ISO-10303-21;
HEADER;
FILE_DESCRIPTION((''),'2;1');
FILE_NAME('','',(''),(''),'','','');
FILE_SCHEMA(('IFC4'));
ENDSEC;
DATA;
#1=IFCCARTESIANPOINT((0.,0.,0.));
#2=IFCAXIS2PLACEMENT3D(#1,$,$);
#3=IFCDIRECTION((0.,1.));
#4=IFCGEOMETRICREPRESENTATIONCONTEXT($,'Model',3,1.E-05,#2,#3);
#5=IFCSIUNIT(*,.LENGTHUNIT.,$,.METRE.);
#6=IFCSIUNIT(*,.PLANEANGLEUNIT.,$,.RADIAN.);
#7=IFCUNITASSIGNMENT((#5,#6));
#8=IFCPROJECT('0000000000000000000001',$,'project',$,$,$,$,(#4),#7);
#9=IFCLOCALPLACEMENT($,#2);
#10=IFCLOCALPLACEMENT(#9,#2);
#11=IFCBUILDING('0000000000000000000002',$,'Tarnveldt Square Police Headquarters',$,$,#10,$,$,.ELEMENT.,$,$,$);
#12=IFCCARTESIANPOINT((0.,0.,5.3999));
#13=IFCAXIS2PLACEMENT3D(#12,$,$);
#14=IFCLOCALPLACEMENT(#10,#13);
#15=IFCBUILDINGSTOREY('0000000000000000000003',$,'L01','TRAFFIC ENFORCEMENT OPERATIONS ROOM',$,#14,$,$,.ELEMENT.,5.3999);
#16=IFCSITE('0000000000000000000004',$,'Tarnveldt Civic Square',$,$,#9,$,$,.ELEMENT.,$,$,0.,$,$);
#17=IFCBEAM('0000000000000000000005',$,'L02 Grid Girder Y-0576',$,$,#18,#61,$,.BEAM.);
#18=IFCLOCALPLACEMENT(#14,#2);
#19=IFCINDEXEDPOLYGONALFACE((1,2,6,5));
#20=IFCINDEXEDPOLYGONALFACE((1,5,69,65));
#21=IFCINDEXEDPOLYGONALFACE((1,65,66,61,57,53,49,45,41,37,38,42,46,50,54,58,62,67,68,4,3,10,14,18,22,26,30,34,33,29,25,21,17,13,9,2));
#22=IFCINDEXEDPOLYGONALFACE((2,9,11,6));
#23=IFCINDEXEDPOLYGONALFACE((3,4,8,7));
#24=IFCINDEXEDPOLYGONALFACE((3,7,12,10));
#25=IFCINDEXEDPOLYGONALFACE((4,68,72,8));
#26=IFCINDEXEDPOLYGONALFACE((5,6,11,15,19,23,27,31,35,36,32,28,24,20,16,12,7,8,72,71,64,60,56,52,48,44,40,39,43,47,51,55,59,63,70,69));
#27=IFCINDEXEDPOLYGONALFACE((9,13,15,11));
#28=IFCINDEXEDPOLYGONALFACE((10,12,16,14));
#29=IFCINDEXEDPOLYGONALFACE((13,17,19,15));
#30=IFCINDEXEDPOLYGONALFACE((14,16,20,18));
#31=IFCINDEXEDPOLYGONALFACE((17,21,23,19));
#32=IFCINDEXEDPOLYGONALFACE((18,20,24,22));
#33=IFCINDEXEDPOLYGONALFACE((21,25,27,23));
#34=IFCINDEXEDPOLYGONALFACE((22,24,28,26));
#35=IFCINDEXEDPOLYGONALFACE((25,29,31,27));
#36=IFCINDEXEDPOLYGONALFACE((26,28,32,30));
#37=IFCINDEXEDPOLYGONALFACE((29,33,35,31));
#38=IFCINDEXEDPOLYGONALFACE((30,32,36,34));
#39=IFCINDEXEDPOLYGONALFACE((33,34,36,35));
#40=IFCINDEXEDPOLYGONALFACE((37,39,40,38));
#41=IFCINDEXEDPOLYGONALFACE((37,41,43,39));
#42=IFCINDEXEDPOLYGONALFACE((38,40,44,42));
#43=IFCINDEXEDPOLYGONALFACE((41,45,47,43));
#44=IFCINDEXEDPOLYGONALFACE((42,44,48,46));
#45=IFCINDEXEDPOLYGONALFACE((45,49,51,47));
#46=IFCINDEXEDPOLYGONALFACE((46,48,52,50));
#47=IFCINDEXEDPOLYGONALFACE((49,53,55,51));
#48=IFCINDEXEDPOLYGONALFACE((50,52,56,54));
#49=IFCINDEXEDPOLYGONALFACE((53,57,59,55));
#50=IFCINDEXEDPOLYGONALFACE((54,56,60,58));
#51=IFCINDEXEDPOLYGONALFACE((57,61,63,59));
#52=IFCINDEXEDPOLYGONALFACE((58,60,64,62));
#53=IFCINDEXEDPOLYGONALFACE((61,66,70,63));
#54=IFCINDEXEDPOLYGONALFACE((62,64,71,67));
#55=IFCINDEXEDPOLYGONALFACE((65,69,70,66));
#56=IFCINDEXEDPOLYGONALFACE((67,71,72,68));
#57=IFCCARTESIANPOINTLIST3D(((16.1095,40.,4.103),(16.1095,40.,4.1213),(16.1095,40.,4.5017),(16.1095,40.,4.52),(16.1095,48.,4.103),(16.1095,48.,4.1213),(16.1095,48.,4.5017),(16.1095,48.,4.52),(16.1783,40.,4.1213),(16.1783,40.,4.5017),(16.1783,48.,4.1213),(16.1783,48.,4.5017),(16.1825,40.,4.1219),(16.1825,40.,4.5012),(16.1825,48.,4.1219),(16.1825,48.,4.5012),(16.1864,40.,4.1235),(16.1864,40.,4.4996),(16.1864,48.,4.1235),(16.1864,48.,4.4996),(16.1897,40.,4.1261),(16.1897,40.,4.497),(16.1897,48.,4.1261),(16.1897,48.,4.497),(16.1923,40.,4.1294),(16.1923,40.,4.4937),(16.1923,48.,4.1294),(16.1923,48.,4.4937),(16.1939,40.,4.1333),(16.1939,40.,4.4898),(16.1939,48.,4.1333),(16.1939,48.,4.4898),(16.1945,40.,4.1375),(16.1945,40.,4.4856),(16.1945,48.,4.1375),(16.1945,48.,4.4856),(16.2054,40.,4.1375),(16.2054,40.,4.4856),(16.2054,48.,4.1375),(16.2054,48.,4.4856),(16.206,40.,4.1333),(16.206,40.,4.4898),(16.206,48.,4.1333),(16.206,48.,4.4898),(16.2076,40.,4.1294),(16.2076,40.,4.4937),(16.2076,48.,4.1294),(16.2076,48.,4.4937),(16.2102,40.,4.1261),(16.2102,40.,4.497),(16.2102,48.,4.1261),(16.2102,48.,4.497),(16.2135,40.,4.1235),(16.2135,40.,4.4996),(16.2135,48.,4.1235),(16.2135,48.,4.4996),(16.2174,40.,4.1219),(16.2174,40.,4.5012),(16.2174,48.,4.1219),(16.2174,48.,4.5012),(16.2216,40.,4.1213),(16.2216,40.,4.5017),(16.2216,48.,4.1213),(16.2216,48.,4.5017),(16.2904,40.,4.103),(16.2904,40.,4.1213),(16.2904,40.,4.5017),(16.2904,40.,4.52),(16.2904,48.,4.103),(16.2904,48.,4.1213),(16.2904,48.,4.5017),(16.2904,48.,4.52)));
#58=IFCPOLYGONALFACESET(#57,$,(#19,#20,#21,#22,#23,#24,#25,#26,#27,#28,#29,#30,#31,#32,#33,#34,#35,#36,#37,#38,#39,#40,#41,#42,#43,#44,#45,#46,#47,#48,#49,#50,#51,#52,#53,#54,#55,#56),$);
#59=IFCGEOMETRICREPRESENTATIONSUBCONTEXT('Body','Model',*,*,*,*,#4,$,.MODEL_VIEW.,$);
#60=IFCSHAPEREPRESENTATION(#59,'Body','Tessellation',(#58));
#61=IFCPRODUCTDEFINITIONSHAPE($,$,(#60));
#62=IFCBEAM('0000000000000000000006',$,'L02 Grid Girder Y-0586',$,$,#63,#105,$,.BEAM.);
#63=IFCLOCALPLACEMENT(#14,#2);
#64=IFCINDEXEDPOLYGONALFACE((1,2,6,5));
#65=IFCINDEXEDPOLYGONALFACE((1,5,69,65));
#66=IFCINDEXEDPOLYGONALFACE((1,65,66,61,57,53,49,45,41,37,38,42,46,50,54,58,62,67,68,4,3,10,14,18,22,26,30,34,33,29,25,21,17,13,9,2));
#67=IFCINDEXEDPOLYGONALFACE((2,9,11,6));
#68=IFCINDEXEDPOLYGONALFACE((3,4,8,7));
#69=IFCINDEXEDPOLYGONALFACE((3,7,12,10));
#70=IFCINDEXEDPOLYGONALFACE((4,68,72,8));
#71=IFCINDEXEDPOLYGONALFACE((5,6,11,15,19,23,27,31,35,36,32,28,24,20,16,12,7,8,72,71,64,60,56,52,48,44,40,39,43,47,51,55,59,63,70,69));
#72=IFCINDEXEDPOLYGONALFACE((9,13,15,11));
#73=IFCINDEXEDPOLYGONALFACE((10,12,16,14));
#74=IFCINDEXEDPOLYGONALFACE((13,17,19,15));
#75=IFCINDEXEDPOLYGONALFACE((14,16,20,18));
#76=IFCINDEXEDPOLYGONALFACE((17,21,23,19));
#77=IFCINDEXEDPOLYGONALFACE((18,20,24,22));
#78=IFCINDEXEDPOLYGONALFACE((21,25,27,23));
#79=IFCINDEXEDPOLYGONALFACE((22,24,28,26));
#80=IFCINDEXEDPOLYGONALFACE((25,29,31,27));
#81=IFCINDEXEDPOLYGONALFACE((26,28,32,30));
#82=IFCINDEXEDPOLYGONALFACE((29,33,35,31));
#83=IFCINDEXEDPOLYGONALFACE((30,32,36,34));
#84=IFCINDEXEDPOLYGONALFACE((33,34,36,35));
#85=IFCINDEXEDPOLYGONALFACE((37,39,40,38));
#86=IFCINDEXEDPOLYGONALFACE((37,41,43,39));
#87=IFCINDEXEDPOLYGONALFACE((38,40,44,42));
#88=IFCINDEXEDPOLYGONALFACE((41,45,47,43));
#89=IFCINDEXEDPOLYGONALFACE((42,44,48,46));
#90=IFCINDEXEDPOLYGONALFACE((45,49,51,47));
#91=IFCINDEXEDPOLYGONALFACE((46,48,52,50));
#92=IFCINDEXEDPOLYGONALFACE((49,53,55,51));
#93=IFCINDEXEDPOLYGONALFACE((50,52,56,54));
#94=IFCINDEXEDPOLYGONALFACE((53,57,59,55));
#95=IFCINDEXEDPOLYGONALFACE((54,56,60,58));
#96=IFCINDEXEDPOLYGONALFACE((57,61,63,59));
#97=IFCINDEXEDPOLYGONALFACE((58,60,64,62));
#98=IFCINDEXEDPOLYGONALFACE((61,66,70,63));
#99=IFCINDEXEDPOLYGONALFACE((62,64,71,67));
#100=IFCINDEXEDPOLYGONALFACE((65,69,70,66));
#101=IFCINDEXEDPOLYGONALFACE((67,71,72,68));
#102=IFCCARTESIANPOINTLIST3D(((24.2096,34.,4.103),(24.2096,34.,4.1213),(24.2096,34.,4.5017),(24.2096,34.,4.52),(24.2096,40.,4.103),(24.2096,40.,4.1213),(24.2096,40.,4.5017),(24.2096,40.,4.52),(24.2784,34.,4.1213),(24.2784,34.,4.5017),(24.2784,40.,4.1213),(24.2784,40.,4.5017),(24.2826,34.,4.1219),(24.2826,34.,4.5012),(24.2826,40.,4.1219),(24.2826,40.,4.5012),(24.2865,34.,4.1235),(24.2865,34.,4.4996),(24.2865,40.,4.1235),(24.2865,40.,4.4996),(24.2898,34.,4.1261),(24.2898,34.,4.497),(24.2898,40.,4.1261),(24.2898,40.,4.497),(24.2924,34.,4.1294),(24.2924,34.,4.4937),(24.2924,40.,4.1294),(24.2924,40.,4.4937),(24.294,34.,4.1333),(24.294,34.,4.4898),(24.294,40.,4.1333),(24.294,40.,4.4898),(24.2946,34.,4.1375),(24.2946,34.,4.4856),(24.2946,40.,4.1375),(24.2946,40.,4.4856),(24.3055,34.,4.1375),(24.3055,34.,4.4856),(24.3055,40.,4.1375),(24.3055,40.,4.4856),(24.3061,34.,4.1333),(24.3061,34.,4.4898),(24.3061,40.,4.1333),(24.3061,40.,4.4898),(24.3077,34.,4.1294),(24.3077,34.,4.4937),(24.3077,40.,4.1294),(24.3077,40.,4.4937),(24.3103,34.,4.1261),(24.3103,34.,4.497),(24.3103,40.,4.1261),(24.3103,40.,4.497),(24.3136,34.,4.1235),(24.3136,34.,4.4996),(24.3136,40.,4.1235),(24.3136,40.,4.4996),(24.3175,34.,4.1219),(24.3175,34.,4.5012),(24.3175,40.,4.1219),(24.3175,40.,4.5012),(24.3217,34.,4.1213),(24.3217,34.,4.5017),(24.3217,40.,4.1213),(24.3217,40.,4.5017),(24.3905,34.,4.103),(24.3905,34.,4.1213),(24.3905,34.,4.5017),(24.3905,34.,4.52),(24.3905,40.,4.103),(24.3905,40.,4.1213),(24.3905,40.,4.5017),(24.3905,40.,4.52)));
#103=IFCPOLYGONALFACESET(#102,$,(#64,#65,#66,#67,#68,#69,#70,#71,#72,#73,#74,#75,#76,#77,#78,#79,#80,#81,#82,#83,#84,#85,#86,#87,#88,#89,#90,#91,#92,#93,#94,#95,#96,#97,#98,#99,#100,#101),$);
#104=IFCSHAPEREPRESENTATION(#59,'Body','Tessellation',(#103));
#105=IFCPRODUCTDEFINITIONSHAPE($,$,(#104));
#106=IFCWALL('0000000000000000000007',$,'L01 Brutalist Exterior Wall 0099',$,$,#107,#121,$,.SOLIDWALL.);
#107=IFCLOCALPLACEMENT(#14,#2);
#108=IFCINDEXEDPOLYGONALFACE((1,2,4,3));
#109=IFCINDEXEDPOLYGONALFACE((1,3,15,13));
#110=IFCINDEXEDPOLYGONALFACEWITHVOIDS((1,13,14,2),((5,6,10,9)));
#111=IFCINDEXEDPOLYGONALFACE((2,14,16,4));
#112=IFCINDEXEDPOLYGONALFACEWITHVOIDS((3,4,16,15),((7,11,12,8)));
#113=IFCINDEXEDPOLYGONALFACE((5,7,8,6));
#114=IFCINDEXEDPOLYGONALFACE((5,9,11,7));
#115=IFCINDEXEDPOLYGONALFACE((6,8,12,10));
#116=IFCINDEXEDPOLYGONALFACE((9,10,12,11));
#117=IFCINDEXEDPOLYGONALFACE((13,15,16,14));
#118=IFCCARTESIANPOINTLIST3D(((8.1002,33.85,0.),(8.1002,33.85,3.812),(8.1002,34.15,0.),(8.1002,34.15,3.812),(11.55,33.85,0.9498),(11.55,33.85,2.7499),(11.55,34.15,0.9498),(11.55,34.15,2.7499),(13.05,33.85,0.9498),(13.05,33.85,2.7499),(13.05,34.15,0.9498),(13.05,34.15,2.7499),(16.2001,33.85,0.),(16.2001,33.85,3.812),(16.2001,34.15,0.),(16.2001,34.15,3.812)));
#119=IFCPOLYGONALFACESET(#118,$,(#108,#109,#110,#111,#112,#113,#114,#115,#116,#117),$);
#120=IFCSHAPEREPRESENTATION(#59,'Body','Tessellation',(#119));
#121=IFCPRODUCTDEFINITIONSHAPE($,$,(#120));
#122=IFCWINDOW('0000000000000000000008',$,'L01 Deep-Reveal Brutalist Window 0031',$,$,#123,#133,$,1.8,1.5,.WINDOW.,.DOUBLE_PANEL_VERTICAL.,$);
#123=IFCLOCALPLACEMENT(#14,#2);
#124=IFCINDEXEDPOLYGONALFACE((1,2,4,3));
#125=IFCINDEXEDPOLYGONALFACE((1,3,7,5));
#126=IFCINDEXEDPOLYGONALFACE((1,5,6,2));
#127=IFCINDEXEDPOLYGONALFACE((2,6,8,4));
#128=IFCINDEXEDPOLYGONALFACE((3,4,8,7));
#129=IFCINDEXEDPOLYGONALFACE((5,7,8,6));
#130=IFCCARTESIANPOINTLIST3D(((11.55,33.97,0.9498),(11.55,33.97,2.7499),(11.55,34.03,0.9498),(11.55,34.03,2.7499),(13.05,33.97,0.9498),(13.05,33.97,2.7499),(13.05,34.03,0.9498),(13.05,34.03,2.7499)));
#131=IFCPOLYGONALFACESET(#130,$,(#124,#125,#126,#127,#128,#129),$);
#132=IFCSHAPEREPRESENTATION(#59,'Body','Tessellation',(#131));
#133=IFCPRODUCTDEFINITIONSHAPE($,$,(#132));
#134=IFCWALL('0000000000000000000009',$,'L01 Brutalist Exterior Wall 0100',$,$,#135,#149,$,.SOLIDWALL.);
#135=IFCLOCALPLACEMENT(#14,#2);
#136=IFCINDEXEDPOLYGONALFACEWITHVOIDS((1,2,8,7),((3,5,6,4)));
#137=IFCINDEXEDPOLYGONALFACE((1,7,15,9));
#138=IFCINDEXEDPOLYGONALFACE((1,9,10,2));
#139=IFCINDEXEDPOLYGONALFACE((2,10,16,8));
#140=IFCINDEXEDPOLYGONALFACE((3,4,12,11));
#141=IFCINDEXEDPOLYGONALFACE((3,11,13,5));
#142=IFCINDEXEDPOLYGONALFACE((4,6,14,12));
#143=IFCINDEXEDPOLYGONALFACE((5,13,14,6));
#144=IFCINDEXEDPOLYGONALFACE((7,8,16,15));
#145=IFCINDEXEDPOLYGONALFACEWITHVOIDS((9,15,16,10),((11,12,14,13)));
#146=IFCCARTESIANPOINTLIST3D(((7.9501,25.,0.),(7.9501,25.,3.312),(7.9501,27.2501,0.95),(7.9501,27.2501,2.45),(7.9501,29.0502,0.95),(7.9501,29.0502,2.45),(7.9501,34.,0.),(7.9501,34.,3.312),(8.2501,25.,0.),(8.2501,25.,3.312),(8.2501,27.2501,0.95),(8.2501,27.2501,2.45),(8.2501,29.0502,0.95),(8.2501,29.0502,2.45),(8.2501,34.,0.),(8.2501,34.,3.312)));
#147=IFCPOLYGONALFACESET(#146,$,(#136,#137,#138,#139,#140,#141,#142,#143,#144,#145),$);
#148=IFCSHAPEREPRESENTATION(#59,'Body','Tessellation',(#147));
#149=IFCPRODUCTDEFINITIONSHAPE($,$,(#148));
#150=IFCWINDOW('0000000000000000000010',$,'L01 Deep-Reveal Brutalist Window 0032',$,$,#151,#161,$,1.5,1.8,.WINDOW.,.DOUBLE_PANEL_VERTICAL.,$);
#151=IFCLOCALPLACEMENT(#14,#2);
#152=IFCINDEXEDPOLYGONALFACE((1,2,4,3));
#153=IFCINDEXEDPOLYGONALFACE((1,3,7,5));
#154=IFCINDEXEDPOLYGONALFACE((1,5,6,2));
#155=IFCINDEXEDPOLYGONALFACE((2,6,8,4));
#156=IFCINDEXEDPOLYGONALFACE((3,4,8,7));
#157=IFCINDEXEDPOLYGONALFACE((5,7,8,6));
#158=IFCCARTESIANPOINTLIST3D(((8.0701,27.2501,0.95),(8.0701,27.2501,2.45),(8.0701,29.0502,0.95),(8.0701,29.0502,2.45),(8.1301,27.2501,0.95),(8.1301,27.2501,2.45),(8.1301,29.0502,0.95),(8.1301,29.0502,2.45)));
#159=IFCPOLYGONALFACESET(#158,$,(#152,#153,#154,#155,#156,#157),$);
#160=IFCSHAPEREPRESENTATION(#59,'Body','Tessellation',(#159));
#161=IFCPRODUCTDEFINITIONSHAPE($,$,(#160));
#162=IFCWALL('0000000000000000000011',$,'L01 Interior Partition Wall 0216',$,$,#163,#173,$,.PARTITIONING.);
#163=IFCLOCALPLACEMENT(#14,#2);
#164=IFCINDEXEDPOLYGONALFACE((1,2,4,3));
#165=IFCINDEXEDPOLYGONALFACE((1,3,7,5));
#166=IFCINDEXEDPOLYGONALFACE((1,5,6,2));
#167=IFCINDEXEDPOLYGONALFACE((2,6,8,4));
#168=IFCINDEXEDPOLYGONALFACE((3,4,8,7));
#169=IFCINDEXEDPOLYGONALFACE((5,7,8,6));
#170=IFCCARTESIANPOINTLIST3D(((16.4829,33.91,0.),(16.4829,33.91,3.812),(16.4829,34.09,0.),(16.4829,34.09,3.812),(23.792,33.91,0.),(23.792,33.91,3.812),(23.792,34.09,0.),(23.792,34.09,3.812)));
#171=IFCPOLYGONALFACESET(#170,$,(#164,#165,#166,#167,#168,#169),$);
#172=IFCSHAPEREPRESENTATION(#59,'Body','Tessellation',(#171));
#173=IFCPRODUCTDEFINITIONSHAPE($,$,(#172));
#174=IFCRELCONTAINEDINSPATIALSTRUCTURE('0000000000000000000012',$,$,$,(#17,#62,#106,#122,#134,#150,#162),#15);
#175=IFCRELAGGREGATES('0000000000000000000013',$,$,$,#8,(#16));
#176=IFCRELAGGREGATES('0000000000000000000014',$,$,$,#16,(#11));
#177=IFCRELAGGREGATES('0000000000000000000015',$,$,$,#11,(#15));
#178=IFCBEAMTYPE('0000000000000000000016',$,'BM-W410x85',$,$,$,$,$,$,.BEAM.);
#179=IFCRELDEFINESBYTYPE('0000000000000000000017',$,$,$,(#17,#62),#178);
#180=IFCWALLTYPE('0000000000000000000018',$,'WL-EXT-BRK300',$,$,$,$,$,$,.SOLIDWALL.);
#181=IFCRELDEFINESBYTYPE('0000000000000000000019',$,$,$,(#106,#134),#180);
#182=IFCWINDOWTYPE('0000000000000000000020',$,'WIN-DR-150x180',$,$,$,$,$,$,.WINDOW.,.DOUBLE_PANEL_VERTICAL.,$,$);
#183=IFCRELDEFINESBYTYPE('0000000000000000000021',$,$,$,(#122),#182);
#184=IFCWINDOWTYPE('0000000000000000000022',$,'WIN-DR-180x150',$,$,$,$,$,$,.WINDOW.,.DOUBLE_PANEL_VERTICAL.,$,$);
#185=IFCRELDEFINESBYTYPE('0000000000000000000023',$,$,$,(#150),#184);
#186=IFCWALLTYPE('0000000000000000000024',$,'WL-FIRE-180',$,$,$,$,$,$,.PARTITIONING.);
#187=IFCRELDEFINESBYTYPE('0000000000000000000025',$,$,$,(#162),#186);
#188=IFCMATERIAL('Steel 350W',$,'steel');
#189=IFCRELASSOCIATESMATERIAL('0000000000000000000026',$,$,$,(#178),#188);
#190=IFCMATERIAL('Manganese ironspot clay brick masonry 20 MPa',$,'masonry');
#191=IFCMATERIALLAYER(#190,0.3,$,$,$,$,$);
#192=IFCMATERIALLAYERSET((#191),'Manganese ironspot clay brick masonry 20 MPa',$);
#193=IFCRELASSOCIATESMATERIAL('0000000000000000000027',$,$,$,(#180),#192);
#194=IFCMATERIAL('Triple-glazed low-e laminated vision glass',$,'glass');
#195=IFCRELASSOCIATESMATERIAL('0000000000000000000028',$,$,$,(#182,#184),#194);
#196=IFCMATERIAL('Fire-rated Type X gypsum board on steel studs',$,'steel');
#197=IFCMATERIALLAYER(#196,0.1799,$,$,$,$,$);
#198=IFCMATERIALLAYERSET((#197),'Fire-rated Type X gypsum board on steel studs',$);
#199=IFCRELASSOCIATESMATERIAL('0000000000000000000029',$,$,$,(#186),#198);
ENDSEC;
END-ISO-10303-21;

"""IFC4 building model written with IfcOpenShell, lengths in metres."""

from ifc_helpers import new_model, si_unit, direction, frame, frame_2d, origin, origin_2d, place, context, subcontext, project, spatial, rectangle, i_section, extrude, material, layer, layer_set, material_profile, profile_set, type_object, element, fill, save


model = new_model("IFC4")

# Units and contexts
model_context = context("Model", 3, precision=1e-05, world=origin(), true_north=direction((0.0, 1.0)))
body_context = subcontext(model_context, "Body", "Model", "MODEL_VIEW")
ifc_project = project(units=[si_unit("LENGTHUNIT", "METRE"), si_unit("PLANEANGLEUNIT", "RADIAN")], contexts=[model_context])

# Site, building, storey
site_placement = place(None, origin())
site = spatial("IfcSite", under=ifc_project, at=site_placement, Name="Tarnveldt Civic Square", CompositionType="ELEMENT", RefElevation=0.0)
building_placement = place(site_placement, origin())
building = spatial("IfcBuilding", under=site, at=building_placement, Name="Tarnveldt Square Police Headquarters", CompositionType="ELEMENT")
storey_placement = place(building_placement, frame((0.0, 0.0, 5.3999)))
storey = spatial("IfcBuildingStorey", under=building, at=storey_placement, Name="L01", Description="TRAFFIC ENFORCEMENT OPERATIONS ROOM", CompositionType="ELEMENT", Elevation=5.3999)

# Beams
ifc_material_1 = material(Name="Steel 350W", Category="steel")
ifc_material_profile_1 = material_profile(ifc_material_1, i_section(OverallWidth=0.1809, OverallDepth=0.417, WebThickness=0.011, FlangeThickness=0.0183, FilletRadius=0.0161, at=origin_2d()), Name="W410x85")
ifc_profile_set_1 = profile_set([ifc_material_profile_1], Name="Steel 350W")
beam_type_1 = type_object("IfcBeamType", Name="BM-W410x85", PredefinedType="BEAM", material=ifc_profile_set_1)
beam_1_placement = place(storey_placement, frame((16.2, 40.0, 4.3115), z_axis=(0.0, 1.0, 0.0), x_axis=(-1.0, 0.0, 0.0)))
element("IfcBeam", 1, at=beam_1_placement, inside=storey, type_object=beam_type_1, Name="L02 Grid Girder Y-0576", PredefinedType="BEAM", context=body_context, shape_type="SweptSolid", body=[
    extrude(i_section(OverallWidth=0.1809, OverallDepth=0.417, WebThickness=0.011, FlangeThickness=0.0183, FilletRadius=0.0161, at=origin_2d()), origin(), (0.0, 0.0, 1.0), 8.0),
])
beam_2_placement = place(storey_placement, frame((24.3, 34.0, 4.3115), z_axis=(0.0, 1.0, 0.0), x_axis=(-1.0, 0.0, 0.0)))
element("IfcBeam", 2, at=beam_2_placement, inside=storey, type_object=beam_type_1, Name="L02 Grid Girder Y-0586", PredefinedType="BEAM", context=body_context, shape_type="SweptSolid", body=[
    extrude(i_section(OverallWidth=0.1809, OverallDepth=0.417, WebThickness=0.011, FlangeThickness=0.0183, FilletRadius=0.0161, at=origin_2d()), origin(), (0.0, 0.0, 1.0), 6.0),
])

# Walls, openings, windows
ifc_material_2 = material(Name="Manganese ironspot clay brick masonry 20 MPa", Category="masonry")
ifc_layer_1 = layer(ifc_material_2, 0.3)
ifc_layer_set_1 = layer_set([ifc_layer_1], Name="Manganese ironspot clay brick masonry 20 MPa")
wall_type_1 = type_object("IfcWallType", Name="WL-EXT-BRK300", PredefinedType="SOLIDWALL", material=ifc_layer_set_1)
wall_1_placement = place(storey_placement, frame((16.2, 34.0, 0.0), z_axis=(0.0, 0.0, 1.0), x_axis=(-1.0, 0.0, 0.0)))
wall_1 = element("IfcWall", 3, at=wall_1_placement, inside=storey, type_object=wall_type_1, Name="L01 Brutalist Exterior Wall 0099", PredefinedType="SOLIDWALL", context=body_context, shape_type="SweptSolid", body=[
    extrude(rectangle(XDim=8.0999, YDim=0.3, at=frame_2d((4.0498, 0.0))), origin(), (0.0, 0.0, 1.0), 3.812),
])
opening_1_placement = place(wall_1_placement, frame((3.1499, 0.0, 0.95)))
opening_1 = element("IfcOpeningElement", 4, at=opening_1_placement, cuts=wall_1, PredefinedType="OPENING", context=body_context, shape_type="SweptSolid", body=[
    extrude(rectangle(XDim=1.5, YDim=1.8, at=frame_2d((0.75, 0.8999))), frame((0.0, 0.1599, 0.0), z_axis=(0.0, -1.0, 0.0), x_axis=(1.0, 0.0, 0.0)), (0.0, 0.0, 1.0), 0.3201),
])
ifc_material_3 = material(Name="Triple-glazed low-e laminated vision glass", Category="glass")
window_type_1 = type_object("IfcWindowType", Name="WIN-DR-150x180", PartitioningType="DOUBLE_PANEL_VERTICAL", PredefinedType="WINDOW", material=ifc_material_3)
window_1_placement = place(opening_1_placement, origin())
window_1 = element("IfcWindow", 5, at=window_1_placement, inside=storey, type_object=window_type_1, Name="L01 Deep-Reveal Brutalist Window 0031", OverallHeight=1.8, OverallWidth=1.5, PartitioningType="DOUBLE_PANEL_VERTICAL", PredefinedType="WINDOW", context=body_context, shape_type="SweptSolid", body=[
    extrude(rectangle(XDim=1.5, YDim=1.8, at=frame_2d((0.75, 0.8999))), frame((0.0, 0.03, 0.0), z_axis=(0.0, -1.0, 0.0), x_axis=(1.0, 0.0, 0.0)), (0.0, 0.0, 1.0), 0.0601),
])
fill(opening_1, window_1)
wall_2_placement = place(storey_placement, frame((8.1001, 34.0, 0.0), z_axis=(0.0, 0.0, 1.0), x_axis=(0.0, -1.0, 0.0)))
wall_2 = element("IfcWall", 6, at=wall_2_placement, inside=storey, type_object=wall_type_1, Name="L01 Brutalist Exterior Wall 0100", PredefinedType="SOLIDWALL", context=body_context, shape_type="SweptSolid", body=[
    extrude(rectangle(XDim=9.0, YDim=0.3, at=frame_2d((4.5, 0.0))), origin(), (0.0, 0.0, 1.0), 3.312),
])
opening_2_placement = place(wall_2_placement, frame((4.95, 0.0, 0.95)))
opening_2 = element("IfcOpeningElement", 7, at=opening_2_placement, cuts=wall_2, PredefinedType="OPENING", context=body_context, shape_type="SweptSolid", body=[
    extrude(rectangle(XDim=1.8, YDim=1.5, at=frame_2d((0.8999, 0.75))), frame((0.0, 0.1599, 0.0), z_axis=(0.0, -1.0, 0.0), x_axis=(1.0, 0.0, 0.0)), (0.0, 0.0, 1.0), 0.3201),
])
window_type_2 = type_object("IfcWindowType", Name="WIN-DR-180x150", PartitioningType="DOUBLE_PANEL_VERTICAL", PredefinedType="WINDOW", material=ifc_material_3)
window_2_placement = place(opening_2_placement, origin())
window_2 = element("IfcWindow", 8, at=window_2_placement, inside=storey, type_object=window_type_2, Name="L01 Deep-Reveal Brutalist Window 0032", OverallHeight=1.5, OverallWidth=1.8, PartitioningType="DOUBLE_PANEL_VERTICAL", PredefinedType="WINDOW", context=body_context, shape_type="SweptSolid", body=[
    extrude(rectangle(XDim=1.8, YDim=1.5, at=frame_2d((0.8999, 0.75))), frame((0.0, 0.03, 0.0), z_axis=(0.0, -1.0, 0.0), x_axis=(1.0, 0.0, 0.0)), (0.0, 0.0, 1.0), 0.0601),
])
fill(opening_2, window_2)

# Wall
ifc_material_4 = material(Name="Fire-rated Type X gypsum board on steel studs", Category="steel")
ifc_layer_2 = layer(ifc_material_4, 0.1799)
ifc_layer_set_2 = layer_set([ifc_layer_2], Name="Fire-rated Type X gypsum board on steel studs")
wall_type_2 = type_object("IfcWallType", Name="WL-FIRE-180", PredefinedType="PARTITIONING", material=ifc_layer_set_2)
wall_3_placement = place(storey_placement, frame((16.4829, 34.0, 0.0), z_axis=(0.0, 0.0, 1.0), x_axis=(1.0, 0.0, 0.0)))
element("IfcWall", 9, at=wall_3_placement, inside=storey, type_object=wall_type_2, Name="L01 Interior Partition Wall 0216", PredefinedType="PARTITIONING", context=body_context, shape_type="SweptSolid", body=[
    extrude(rectangle(XDim=7.3091, YDim=0.1799, at=frame_2d((3.6545, 0.0))), origin(), (0.0, 0.0, 1.0), 3.812),
])

save(model, "model.ifc")
